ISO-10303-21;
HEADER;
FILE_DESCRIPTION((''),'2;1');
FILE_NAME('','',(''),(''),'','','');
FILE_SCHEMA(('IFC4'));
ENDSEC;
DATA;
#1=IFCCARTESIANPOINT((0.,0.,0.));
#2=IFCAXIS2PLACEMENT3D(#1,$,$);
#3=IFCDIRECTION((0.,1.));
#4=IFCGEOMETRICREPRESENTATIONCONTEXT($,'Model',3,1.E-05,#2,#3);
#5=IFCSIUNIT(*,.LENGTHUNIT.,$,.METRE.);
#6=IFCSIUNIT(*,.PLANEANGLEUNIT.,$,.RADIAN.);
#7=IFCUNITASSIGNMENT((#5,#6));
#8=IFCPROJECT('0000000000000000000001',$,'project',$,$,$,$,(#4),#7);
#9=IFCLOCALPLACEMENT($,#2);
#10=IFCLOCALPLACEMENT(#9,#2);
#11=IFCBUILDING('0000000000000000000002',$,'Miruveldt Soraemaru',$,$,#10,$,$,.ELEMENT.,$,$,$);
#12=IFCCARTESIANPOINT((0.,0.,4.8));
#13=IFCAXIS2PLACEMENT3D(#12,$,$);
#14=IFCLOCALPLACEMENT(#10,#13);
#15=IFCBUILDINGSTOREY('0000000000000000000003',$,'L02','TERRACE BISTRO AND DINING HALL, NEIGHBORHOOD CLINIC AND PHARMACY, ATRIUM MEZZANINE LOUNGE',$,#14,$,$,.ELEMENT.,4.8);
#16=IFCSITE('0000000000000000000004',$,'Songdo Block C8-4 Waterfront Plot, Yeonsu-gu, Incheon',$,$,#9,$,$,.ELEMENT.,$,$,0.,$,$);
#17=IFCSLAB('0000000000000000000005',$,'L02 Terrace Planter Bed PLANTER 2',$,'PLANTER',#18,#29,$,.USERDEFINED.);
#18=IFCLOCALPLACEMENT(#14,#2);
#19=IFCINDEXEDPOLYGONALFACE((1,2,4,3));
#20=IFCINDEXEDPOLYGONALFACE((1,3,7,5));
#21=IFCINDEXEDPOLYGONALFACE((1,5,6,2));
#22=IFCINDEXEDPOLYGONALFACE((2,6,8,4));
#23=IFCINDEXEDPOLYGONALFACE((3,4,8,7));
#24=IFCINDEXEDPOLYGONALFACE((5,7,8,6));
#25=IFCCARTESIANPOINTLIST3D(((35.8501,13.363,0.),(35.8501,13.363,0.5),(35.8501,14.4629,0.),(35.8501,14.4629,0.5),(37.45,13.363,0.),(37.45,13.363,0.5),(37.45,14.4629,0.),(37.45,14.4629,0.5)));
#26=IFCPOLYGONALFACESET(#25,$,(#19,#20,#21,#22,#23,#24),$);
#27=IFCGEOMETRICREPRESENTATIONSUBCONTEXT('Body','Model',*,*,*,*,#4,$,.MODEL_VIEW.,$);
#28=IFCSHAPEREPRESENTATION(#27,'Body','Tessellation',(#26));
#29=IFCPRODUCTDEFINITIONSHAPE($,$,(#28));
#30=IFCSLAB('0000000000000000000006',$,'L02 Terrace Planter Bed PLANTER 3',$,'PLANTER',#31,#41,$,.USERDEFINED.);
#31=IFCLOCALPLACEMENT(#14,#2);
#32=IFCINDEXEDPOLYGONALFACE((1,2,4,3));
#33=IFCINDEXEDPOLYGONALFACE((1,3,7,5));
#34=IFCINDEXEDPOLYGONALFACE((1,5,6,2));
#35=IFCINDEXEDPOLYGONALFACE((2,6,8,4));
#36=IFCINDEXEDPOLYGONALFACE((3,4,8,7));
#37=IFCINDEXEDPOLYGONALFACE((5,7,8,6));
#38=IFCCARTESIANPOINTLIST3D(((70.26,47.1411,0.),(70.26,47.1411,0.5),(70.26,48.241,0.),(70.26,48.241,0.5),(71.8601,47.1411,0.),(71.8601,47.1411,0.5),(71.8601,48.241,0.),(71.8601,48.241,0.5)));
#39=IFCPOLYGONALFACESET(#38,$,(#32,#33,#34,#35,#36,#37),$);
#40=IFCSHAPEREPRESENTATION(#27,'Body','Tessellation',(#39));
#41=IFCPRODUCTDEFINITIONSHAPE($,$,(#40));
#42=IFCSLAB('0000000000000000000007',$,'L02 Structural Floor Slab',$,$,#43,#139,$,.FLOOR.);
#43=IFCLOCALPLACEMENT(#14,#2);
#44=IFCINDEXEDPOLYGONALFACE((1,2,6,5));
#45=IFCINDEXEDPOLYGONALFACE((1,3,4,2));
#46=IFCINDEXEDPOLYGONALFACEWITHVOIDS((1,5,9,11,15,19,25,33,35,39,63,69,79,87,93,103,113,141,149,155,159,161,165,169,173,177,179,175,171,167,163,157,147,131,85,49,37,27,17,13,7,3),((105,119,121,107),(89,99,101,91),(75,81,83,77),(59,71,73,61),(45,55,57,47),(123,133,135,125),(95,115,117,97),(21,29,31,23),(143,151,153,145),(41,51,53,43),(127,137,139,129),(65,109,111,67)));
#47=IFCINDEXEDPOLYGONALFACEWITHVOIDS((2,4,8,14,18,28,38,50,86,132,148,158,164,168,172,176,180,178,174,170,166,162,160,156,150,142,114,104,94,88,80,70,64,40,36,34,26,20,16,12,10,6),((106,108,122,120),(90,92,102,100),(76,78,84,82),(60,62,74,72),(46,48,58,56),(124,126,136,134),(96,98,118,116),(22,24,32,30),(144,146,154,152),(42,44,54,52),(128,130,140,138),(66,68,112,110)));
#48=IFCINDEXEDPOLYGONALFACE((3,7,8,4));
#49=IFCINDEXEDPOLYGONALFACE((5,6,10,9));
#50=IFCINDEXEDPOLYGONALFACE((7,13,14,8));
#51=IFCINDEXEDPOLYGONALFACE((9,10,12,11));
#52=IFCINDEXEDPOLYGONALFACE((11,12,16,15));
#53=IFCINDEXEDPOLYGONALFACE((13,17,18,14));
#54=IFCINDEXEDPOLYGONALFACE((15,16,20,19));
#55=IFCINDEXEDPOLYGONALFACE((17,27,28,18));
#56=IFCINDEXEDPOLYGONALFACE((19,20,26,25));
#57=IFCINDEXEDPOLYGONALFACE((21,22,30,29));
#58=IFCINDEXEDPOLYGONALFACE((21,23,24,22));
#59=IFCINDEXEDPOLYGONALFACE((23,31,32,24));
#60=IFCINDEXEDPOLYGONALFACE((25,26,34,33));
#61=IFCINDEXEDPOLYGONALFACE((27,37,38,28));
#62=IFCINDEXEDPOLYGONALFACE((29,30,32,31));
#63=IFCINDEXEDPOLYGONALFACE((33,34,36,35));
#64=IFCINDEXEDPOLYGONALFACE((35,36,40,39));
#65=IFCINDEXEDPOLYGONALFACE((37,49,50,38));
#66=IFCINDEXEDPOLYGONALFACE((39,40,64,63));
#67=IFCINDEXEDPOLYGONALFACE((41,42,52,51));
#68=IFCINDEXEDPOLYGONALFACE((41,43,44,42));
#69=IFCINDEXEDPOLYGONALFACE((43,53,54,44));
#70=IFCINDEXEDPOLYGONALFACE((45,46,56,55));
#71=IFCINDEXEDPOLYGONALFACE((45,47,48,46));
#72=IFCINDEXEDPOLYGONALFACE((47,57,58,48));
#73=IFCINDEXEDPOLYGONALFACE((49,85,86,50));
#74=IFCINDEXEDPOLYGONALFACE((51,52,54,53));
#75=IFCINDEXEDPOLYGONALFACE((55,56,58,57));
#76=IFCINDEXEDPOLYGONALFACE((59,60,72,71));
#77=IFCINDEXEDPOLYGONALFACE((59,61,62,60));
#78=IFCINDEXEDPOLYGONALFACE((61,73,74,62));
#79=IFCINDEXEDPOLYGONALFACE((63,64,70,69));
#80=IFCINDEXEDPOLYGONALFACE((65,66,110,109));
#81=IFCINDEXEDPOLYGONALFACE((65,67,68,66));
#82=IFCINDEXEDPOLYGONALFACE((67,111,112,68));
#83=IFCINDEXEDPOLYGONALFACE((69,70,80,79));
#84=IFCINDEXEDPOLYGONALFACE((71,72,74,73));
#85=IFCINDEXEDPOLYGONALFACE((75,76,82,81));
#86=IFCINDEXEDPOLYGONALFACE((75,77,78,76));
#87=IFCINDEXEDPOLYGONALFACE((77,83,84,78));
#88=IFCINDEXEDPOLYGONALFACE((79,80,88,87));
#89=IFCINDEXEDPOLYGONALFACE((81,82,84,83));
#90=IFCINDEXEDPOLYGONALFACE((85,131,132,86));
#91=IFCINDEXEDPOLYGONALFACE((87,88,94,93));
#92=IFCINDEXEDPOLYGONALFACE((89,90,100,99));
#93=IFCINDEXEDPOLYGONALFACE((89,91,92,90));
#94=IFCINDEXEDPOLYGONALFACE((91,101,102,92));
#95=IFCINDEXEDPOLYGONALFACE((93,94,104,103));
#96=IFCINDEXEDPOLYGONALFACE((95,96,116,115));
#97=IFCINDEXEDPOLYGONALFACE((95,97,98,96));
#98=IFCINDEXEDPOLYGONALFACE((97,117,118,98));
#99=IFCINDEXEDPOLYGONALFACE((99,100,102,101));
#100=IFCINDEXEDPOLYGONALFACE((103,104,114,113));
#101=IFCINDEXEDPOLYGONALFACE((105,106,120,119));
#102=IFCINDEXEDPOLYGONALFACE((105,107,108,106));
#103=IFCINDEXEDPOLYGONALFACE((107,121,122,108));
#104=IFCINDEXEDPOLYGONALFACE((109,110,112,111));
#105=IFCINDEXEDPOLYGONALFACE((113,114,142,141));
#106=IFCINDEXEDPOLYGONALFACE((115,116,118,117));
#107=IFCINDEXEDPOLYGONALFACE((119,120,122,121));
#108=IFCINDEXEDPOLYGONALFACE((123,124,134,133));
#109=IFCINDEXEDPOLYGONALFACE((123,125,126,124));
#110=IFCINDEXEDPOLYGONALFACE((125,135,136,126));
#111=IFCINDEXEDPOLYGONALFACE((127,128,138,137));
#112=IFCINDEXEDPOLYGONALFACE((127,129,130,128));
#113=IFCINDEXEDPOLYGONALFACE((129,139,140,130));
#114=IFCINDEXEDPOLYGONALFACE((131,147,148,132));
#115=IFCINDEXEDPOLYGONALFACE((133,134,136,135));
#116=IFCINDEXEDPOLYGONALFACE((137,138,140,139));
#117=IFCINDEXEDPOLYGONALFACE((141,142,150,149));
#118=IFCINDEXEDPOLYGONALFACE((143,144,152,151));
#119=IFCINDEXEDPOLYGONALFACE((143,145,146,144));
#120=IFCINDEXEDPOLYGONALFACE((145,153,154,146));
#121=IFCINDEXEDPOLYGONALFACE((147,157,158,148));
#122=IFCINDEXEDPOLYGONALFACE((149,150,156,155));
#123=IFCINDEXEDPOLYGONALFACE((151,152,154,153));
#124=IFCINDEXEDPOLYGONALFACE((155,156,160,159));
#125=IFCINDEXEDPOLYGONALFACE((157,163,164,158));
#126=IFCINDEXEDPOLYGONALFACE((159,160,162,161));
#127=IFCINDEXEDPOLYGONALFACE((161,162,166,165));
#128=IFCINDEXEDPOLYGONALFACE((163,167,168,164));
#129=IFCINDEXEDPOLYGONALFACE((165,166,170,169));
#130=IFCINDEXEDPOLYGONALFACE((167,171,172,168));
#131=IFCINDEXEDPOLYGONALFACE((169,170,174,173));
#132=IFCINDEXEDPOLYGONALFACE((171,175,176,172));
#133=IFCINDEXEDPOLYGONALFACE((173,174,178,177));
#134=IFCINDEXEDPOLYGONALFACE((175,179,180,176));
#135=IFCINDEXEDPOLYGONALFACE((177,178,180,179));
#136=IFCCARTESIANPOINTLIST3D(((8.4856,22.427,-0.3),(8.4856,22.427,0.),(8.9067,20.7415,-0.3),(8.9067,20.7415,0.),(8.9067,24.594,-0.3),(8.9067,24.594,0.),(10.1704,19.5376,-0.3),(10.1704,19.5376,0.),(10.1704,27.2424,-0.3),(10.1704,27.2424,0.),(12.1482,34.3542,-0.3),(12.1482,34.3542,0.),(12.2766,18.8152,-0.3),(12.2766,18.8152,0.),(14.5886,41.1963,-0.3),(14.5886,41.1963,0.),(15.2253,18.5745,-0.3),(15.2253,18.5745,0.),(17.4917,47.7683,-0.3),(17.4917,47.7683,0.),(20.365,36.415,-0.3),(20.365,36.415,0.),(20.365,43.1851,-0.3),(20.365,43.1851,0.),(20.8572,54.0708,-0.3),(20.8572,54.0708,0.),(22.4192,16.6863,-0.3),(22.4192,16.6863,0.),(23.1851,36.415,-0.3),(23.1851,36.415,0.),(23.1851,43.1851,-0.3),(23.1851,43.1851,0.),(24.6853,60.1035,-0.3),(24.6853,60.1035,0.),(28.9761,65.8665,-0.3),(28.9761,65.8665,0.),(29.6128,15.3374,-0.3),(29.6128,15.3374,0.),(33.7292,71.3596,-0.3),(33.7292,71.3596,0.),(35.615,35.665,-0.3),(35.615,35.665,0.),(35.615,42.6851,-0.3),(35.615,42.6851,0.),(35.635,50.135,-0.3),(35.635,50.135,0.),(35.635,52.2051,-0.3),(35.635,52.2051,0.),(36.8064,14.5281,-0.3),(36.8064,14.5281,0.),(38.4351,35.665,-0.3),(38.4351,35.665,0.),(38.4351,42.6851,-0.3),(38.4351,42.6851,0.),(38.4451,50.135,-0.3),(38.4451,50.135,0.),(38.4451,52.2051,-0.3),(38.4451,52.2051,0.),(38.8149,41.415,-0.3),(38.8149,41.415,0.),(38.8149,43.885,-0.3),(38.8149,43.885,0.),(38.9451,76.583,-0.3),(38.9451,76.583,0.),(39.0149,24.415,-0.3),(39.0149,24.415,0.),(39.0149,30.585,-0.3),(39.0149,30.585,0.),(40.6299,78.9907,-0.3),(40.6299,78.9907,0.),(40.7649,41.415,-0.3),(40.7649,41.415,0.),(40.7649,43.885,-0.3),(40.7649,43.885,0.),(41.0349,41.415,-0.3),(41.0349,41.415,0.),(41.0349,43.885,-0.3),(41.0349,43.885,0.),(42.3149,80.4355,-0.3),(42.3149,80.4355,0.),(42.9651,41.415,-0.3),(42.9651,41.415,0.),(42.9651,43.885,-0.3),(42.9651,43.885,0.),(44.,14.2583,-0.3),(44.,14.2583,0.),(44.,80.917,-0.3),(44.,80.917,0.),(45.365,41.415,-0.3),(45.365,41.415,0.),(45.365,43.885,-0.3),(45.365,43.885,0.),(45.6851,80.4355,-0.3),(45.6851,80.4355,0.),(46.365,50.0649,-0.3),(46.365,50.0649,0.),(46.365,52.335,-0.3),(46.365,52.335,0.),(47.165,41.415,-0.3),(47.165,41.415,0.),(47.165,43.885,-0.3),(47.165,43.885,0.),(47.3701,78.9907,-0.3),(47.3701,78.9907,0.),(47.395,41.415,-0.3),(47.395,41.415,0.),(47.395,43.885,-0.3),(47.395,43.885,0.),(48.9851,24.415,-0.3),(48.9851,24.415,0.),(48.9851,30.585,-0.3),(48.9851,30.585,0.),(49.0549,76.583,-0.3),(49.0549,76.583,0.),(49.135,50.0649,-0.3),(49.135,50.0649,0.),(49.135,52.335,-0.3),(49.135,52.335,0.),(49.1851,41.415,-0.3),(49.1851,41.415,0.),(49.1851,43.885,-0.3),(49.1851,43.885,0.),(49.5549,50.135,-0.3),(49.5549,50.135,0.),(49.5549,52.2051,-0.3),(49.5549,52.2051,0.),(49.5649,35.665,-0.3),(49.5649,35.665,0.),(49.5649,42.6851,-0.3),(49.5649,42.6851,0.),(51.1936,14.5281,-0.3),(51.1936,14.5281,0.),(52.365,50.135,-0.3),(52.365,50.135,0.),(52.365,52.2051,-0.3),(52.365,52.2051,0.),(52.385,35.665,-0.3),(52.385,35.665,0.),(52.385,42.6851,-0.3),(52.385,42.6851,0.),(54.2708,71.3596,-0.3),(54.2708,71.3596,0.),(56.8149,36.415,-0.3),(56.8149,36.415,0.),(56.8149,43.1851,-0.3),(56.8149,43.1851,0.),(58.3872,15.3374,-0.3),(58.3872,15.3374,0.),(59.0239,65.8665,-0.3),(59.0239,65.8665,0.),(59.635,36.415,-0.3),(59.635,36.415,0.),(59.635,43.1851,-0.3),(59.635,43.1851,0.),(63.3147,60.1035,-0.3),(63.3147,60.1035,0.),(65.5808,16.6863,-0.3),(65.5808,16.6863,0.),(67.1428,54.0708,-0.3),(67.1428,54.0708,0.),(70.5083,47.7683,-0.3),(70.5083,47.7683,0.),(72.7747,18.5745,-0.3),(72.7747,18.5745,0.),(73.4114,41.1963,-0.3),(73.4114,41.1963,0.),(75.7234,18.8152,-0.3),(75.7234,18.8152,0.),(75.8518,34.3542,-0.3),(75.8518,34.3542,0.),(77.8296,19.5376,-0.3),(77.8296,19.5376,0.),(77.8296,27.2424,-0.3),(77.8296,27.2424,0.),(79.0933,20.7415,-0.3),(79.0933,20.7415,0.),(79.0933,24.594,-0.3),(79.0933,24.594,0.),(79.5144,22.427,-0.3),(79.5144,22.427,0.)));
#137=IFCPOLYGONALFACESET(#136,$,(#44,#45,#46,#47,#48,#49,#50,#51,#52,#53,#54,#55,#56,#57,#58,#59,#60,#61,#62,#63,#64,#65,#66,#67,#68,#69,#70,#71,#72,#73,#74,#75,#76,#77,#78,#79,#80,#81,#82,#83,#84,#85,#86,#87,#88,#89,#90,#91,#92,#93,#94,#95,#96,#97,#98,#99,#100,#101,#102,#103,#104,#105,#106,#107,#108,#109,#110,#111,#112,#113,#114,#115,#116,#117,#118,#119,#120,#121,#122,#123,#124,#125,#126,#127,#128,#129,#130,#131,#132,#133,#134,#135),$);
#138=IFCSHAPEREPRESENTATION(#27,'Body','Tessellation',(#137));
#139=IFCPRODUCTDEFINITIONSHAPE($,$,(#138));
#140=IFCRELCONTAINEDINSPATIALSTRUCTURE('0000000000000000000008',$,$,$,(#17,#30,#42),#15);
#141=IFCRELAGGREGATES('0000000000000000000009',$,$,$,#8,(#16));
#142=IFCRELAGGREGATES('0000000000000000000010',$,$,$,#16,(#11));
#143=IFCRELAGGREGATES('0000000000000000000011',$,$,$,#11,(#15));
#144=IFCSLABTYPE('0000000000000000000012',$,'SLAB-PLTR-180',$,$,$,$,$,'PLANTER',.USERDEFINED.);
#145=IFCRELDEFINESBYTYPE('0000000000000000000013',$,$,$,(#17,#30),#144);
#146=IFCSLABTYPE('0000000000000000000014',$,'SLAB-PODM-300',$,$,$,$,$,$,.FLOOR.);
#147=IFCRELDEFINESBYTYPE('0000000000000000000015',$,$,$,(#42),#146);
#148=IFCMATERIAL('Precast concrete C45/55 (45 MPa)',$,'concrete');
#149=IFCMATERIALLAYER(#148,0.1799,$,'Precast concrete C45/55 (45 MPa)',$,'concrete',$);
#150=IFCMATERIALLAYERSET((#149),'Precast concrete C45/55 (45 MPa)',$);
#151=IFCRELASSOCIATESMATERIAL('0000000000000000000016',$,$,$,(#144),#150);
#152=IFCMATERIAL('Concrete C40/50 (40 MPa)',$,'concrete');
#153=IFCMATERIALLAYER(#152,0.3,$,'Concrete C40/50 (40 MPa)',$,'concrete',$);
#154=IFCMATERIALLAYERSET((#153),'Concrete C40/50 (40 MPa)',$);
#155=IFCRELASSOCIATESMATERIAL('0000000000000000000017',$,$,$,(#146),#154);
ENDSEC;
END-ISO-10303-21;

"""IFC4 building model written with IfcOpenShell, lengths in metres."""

from ifc_helpers import new_model, si_unit, direction, frame, origin, place, context, subcontext, project, spatial, polyline, outline, extrude, material, layer, layer_set, type_object, element, save


model = new_model("IFC4")

# Units and contexts
model_context = context("Model", 3, precision=1e-05, world=origin(), true_north=direction((0.0, 1.0)))
body_context = subcontext(model_context, "Body", "Model", "MODEL_VIEW")
ifc_project = project(units=[si_unit("LENGTHUNIT", "METRE"), si_unit("PLANEANGLEUNIT", "RADIAN")], contexts=[model_context])

# Site, building, storey
site_placement = place(None, origin())
site = spatial("IfcSite", under=ifc_project, at=site_placement, Name="Songdo Block C8-4 Waterfront Plot, Yeonsu-gu, Incheon", CompositionType="ELEMENT", RefElevation=0.0)
building_placement = place(site_placement, origin())
building = spatial("IfcBuilding", under=site, at=building_placement, Name="Miruveldt Soraemaru", CompositionType="ELEMENT")
storey_placement = place(building_placement, frame((0.0, 0.0, 4.8)))
storey = spatial("IfcBuildingStorey", under=building, at=storey_placement, Name="L02", Description="TERRACE BISTRO AND DINING HALL, NEIGHBORHOOD CLINIC AND PHARMACY, ATRIUM MEZZANINE LOUNGE", CompositionType="ELEMENT", Elevation=4.8)

# Shared definitions
ifc_material_1 = material(Name="Concrete C40/50 (40 MPa)", Category="concrete")

# Slabs
ifc_material_2 = material(Name="Precast concrete C45/55 (45 MPa)", Category="concrete")
ifc_layer_1 = layer(ifc_material_2, 0.1799, Name="Precast concrete C45/55 (45 MPa)", Category="concrete")
ifc_layer_set_1 = layer_set([ifc_layer_1], Name="Precast concrete C45/55 (45 MPa)")
slab_type_1 = type_object("IfcSlabType", Name="SLAB-PLTR-180", ElementType="PLANTER", PredefinedType="USERDEFINED", material=ifc_layer_set_1)
slab_1_placement = place(storey_placement, origin())
element("IfcSlab", 1, at=slab_1_placement, inside=storey, type_object=slab_type_1, Name="L02 Terrace Planter Bed PLANTER 2", ObjectType="PLANTER", PredefinedType="USERDEFINED", context=body_context, shape_type="SweptSolid", body=[
    extrude(outline(polyline([(35.8501, 13.363), (37.45, 13.363), (37.45, 14.4629), (35.8501, 14.4629), (35.8501, 13.363)])), origin(), (0.0, 0.0, 1.0), 0.5),
])
slab_2_placement = place(storey_placement, origin())
element("IfcSlab", 2, at=slab_2_placement, inside=storey, type_object=slab_type_1, Name="L02 Terrace Planter Bed PLANTER 3", ObjectType="PLANTER", PredefinedType="USERDEFINED", context=body_context, shape_type="SweptSolid", body=[
    extrude(outline(polyline([(70.26, 47.1411), (71.8601, 47.1411), (71.8601, 48.241), (70.26, 48.241), (70.26, 47.1411)])), origin(), (0.0, 0.0, 1.0), 0.5),
])
ifc_layer_2 = layer(ifc_material_1, 0.3, Name="Concrete C40/50 (40 MPa)", Category="concrete")
ifc_layer_set_2 = layer_set([ifc_layer_2], Name="Concrete C40/50 (40 MPa)")
slab_type_2 = type_object("IfcSlabType", Name="SLAB-PODM-300", PredefinedType="FLOOR", material=ifc_layer_set_2)
slab_3_placement = place(storey_placement, frame((0.0, 0.0, -0.3)))
element("IfcSlab", 3, at=slab_3_placement, inside=storey, type_object=slab_type_2, Name="L02 Structural Floor Slab", PredefinedType="FLOOR", context=body_context, shape_type="SweptSolid", body=[
    extrude(outline(polyline([(54.2708, 71.3596), (59.0239, 65.8665), (63.3147, 60.1035), (67.1428, 54.0708), (70.5083, 47.7683), (73.4114, 41.1963), (75.8518, 34.3542), (77.8296, 27.2424), (79.0933, 24.594), (79.5144, 22.427), (79.0933, 20.7415), (77.8296, 19.5376), (75.7234, 18.8152), (72.7747, 18.5745), (65.5808, 16.6863), (58.3872, 15.3374), (51.1936, 14.5281), (44.0, 14.2583), (36.8064, 14.5281), (29.6128, 15.3374), (22.4192, 16.6863), (15.2253, 18.5745), (12.2766, 18.8152), (10.1704, 19.5376), (8.9067, 20.7415), (8.4856, 22.427), (8.9067, 24.594), (10.1704, 27.2424), (12.1482, 34.3542), (14.5886, 41.1963), (17.4917, 47.7683), (20.8572, 54.0708), (24.6853, 60.1035), (28.9761, 65.8665), (33.7292, 71.3596), (38.9451, 76.583), (40.6299, 78.9907), (42.3149, 80.4355), (44.0, 80.917), (45.6851, 80.4355), (47.3701, 78.9907), (49.0549, 76.583), (54.2708, 71.3596)]), holes=[polyline([(48.9851, 24.415), (48.9851, 30.585), (39.0149, 30.585), (39.0149, 24.415), (48.9851, 24.415)]), polyline([(35.615, 42.6851), (35.615, 35.665), (38.4351, 35.665), (38.4351, 42.6851), (35.615, 42.6851)]), polyline([(20.365, 43.1851), (20.365, 36.415), (23.1851, 36.415), (23.1851, 43.1851), (20.365, 43.1851)]), polyline([(40.7649, 41.415), (40.7649, 43.885), (38.8149, 43.885), (38.8149, 41.415), (40.7649, 41.415)]), polyline([(41.0349, 41.415), (42.9651, 41.415), (42.9651, 43.885), (41.0349, 43.885), (41.0349, 41.415)]), polyline([(35.635, 50.135), (38.4451, 50.135), (38.4451, 52.2051), (35.635, 52.2051), (35.635, 50.135)]), polyline([(49.5649, 35.665), (52.385, 35.665), (52.385, 42.6851), (49.5649, 42.6851), (49.5649, 35.665)]), polyline([(56.8149, 43.1851), (56.8149, 36.415), (59.635, 36.415), (59.635, 43.1851), (56.8149, 43.1851)]), polyline([(45.365, 41.415), (47.165, 41.415), (47.165, 43.885), (45.365, 43.885), (45.365, 41.415)]), polyline([(49.1851, 41.415), (49.1851, 43.885), (47.395, 43.885), (47.395, 41.415), (49.1851, 41.415)]), polyline([(49.5549, 50.135), (52.365, 50.135), (52.365, 52.2051), (49.5549, 52.2051), (49.5549, 50.135)]), polyline([(46.365, 50.0649), (49.135, 50.0649), (49.135, 52.335), (46.365, 52.335), (46.365, 50.0649)])]), origin(), (0.0, 0.0, 1.0), 0.3),
])

save(model, "model.ifc")
